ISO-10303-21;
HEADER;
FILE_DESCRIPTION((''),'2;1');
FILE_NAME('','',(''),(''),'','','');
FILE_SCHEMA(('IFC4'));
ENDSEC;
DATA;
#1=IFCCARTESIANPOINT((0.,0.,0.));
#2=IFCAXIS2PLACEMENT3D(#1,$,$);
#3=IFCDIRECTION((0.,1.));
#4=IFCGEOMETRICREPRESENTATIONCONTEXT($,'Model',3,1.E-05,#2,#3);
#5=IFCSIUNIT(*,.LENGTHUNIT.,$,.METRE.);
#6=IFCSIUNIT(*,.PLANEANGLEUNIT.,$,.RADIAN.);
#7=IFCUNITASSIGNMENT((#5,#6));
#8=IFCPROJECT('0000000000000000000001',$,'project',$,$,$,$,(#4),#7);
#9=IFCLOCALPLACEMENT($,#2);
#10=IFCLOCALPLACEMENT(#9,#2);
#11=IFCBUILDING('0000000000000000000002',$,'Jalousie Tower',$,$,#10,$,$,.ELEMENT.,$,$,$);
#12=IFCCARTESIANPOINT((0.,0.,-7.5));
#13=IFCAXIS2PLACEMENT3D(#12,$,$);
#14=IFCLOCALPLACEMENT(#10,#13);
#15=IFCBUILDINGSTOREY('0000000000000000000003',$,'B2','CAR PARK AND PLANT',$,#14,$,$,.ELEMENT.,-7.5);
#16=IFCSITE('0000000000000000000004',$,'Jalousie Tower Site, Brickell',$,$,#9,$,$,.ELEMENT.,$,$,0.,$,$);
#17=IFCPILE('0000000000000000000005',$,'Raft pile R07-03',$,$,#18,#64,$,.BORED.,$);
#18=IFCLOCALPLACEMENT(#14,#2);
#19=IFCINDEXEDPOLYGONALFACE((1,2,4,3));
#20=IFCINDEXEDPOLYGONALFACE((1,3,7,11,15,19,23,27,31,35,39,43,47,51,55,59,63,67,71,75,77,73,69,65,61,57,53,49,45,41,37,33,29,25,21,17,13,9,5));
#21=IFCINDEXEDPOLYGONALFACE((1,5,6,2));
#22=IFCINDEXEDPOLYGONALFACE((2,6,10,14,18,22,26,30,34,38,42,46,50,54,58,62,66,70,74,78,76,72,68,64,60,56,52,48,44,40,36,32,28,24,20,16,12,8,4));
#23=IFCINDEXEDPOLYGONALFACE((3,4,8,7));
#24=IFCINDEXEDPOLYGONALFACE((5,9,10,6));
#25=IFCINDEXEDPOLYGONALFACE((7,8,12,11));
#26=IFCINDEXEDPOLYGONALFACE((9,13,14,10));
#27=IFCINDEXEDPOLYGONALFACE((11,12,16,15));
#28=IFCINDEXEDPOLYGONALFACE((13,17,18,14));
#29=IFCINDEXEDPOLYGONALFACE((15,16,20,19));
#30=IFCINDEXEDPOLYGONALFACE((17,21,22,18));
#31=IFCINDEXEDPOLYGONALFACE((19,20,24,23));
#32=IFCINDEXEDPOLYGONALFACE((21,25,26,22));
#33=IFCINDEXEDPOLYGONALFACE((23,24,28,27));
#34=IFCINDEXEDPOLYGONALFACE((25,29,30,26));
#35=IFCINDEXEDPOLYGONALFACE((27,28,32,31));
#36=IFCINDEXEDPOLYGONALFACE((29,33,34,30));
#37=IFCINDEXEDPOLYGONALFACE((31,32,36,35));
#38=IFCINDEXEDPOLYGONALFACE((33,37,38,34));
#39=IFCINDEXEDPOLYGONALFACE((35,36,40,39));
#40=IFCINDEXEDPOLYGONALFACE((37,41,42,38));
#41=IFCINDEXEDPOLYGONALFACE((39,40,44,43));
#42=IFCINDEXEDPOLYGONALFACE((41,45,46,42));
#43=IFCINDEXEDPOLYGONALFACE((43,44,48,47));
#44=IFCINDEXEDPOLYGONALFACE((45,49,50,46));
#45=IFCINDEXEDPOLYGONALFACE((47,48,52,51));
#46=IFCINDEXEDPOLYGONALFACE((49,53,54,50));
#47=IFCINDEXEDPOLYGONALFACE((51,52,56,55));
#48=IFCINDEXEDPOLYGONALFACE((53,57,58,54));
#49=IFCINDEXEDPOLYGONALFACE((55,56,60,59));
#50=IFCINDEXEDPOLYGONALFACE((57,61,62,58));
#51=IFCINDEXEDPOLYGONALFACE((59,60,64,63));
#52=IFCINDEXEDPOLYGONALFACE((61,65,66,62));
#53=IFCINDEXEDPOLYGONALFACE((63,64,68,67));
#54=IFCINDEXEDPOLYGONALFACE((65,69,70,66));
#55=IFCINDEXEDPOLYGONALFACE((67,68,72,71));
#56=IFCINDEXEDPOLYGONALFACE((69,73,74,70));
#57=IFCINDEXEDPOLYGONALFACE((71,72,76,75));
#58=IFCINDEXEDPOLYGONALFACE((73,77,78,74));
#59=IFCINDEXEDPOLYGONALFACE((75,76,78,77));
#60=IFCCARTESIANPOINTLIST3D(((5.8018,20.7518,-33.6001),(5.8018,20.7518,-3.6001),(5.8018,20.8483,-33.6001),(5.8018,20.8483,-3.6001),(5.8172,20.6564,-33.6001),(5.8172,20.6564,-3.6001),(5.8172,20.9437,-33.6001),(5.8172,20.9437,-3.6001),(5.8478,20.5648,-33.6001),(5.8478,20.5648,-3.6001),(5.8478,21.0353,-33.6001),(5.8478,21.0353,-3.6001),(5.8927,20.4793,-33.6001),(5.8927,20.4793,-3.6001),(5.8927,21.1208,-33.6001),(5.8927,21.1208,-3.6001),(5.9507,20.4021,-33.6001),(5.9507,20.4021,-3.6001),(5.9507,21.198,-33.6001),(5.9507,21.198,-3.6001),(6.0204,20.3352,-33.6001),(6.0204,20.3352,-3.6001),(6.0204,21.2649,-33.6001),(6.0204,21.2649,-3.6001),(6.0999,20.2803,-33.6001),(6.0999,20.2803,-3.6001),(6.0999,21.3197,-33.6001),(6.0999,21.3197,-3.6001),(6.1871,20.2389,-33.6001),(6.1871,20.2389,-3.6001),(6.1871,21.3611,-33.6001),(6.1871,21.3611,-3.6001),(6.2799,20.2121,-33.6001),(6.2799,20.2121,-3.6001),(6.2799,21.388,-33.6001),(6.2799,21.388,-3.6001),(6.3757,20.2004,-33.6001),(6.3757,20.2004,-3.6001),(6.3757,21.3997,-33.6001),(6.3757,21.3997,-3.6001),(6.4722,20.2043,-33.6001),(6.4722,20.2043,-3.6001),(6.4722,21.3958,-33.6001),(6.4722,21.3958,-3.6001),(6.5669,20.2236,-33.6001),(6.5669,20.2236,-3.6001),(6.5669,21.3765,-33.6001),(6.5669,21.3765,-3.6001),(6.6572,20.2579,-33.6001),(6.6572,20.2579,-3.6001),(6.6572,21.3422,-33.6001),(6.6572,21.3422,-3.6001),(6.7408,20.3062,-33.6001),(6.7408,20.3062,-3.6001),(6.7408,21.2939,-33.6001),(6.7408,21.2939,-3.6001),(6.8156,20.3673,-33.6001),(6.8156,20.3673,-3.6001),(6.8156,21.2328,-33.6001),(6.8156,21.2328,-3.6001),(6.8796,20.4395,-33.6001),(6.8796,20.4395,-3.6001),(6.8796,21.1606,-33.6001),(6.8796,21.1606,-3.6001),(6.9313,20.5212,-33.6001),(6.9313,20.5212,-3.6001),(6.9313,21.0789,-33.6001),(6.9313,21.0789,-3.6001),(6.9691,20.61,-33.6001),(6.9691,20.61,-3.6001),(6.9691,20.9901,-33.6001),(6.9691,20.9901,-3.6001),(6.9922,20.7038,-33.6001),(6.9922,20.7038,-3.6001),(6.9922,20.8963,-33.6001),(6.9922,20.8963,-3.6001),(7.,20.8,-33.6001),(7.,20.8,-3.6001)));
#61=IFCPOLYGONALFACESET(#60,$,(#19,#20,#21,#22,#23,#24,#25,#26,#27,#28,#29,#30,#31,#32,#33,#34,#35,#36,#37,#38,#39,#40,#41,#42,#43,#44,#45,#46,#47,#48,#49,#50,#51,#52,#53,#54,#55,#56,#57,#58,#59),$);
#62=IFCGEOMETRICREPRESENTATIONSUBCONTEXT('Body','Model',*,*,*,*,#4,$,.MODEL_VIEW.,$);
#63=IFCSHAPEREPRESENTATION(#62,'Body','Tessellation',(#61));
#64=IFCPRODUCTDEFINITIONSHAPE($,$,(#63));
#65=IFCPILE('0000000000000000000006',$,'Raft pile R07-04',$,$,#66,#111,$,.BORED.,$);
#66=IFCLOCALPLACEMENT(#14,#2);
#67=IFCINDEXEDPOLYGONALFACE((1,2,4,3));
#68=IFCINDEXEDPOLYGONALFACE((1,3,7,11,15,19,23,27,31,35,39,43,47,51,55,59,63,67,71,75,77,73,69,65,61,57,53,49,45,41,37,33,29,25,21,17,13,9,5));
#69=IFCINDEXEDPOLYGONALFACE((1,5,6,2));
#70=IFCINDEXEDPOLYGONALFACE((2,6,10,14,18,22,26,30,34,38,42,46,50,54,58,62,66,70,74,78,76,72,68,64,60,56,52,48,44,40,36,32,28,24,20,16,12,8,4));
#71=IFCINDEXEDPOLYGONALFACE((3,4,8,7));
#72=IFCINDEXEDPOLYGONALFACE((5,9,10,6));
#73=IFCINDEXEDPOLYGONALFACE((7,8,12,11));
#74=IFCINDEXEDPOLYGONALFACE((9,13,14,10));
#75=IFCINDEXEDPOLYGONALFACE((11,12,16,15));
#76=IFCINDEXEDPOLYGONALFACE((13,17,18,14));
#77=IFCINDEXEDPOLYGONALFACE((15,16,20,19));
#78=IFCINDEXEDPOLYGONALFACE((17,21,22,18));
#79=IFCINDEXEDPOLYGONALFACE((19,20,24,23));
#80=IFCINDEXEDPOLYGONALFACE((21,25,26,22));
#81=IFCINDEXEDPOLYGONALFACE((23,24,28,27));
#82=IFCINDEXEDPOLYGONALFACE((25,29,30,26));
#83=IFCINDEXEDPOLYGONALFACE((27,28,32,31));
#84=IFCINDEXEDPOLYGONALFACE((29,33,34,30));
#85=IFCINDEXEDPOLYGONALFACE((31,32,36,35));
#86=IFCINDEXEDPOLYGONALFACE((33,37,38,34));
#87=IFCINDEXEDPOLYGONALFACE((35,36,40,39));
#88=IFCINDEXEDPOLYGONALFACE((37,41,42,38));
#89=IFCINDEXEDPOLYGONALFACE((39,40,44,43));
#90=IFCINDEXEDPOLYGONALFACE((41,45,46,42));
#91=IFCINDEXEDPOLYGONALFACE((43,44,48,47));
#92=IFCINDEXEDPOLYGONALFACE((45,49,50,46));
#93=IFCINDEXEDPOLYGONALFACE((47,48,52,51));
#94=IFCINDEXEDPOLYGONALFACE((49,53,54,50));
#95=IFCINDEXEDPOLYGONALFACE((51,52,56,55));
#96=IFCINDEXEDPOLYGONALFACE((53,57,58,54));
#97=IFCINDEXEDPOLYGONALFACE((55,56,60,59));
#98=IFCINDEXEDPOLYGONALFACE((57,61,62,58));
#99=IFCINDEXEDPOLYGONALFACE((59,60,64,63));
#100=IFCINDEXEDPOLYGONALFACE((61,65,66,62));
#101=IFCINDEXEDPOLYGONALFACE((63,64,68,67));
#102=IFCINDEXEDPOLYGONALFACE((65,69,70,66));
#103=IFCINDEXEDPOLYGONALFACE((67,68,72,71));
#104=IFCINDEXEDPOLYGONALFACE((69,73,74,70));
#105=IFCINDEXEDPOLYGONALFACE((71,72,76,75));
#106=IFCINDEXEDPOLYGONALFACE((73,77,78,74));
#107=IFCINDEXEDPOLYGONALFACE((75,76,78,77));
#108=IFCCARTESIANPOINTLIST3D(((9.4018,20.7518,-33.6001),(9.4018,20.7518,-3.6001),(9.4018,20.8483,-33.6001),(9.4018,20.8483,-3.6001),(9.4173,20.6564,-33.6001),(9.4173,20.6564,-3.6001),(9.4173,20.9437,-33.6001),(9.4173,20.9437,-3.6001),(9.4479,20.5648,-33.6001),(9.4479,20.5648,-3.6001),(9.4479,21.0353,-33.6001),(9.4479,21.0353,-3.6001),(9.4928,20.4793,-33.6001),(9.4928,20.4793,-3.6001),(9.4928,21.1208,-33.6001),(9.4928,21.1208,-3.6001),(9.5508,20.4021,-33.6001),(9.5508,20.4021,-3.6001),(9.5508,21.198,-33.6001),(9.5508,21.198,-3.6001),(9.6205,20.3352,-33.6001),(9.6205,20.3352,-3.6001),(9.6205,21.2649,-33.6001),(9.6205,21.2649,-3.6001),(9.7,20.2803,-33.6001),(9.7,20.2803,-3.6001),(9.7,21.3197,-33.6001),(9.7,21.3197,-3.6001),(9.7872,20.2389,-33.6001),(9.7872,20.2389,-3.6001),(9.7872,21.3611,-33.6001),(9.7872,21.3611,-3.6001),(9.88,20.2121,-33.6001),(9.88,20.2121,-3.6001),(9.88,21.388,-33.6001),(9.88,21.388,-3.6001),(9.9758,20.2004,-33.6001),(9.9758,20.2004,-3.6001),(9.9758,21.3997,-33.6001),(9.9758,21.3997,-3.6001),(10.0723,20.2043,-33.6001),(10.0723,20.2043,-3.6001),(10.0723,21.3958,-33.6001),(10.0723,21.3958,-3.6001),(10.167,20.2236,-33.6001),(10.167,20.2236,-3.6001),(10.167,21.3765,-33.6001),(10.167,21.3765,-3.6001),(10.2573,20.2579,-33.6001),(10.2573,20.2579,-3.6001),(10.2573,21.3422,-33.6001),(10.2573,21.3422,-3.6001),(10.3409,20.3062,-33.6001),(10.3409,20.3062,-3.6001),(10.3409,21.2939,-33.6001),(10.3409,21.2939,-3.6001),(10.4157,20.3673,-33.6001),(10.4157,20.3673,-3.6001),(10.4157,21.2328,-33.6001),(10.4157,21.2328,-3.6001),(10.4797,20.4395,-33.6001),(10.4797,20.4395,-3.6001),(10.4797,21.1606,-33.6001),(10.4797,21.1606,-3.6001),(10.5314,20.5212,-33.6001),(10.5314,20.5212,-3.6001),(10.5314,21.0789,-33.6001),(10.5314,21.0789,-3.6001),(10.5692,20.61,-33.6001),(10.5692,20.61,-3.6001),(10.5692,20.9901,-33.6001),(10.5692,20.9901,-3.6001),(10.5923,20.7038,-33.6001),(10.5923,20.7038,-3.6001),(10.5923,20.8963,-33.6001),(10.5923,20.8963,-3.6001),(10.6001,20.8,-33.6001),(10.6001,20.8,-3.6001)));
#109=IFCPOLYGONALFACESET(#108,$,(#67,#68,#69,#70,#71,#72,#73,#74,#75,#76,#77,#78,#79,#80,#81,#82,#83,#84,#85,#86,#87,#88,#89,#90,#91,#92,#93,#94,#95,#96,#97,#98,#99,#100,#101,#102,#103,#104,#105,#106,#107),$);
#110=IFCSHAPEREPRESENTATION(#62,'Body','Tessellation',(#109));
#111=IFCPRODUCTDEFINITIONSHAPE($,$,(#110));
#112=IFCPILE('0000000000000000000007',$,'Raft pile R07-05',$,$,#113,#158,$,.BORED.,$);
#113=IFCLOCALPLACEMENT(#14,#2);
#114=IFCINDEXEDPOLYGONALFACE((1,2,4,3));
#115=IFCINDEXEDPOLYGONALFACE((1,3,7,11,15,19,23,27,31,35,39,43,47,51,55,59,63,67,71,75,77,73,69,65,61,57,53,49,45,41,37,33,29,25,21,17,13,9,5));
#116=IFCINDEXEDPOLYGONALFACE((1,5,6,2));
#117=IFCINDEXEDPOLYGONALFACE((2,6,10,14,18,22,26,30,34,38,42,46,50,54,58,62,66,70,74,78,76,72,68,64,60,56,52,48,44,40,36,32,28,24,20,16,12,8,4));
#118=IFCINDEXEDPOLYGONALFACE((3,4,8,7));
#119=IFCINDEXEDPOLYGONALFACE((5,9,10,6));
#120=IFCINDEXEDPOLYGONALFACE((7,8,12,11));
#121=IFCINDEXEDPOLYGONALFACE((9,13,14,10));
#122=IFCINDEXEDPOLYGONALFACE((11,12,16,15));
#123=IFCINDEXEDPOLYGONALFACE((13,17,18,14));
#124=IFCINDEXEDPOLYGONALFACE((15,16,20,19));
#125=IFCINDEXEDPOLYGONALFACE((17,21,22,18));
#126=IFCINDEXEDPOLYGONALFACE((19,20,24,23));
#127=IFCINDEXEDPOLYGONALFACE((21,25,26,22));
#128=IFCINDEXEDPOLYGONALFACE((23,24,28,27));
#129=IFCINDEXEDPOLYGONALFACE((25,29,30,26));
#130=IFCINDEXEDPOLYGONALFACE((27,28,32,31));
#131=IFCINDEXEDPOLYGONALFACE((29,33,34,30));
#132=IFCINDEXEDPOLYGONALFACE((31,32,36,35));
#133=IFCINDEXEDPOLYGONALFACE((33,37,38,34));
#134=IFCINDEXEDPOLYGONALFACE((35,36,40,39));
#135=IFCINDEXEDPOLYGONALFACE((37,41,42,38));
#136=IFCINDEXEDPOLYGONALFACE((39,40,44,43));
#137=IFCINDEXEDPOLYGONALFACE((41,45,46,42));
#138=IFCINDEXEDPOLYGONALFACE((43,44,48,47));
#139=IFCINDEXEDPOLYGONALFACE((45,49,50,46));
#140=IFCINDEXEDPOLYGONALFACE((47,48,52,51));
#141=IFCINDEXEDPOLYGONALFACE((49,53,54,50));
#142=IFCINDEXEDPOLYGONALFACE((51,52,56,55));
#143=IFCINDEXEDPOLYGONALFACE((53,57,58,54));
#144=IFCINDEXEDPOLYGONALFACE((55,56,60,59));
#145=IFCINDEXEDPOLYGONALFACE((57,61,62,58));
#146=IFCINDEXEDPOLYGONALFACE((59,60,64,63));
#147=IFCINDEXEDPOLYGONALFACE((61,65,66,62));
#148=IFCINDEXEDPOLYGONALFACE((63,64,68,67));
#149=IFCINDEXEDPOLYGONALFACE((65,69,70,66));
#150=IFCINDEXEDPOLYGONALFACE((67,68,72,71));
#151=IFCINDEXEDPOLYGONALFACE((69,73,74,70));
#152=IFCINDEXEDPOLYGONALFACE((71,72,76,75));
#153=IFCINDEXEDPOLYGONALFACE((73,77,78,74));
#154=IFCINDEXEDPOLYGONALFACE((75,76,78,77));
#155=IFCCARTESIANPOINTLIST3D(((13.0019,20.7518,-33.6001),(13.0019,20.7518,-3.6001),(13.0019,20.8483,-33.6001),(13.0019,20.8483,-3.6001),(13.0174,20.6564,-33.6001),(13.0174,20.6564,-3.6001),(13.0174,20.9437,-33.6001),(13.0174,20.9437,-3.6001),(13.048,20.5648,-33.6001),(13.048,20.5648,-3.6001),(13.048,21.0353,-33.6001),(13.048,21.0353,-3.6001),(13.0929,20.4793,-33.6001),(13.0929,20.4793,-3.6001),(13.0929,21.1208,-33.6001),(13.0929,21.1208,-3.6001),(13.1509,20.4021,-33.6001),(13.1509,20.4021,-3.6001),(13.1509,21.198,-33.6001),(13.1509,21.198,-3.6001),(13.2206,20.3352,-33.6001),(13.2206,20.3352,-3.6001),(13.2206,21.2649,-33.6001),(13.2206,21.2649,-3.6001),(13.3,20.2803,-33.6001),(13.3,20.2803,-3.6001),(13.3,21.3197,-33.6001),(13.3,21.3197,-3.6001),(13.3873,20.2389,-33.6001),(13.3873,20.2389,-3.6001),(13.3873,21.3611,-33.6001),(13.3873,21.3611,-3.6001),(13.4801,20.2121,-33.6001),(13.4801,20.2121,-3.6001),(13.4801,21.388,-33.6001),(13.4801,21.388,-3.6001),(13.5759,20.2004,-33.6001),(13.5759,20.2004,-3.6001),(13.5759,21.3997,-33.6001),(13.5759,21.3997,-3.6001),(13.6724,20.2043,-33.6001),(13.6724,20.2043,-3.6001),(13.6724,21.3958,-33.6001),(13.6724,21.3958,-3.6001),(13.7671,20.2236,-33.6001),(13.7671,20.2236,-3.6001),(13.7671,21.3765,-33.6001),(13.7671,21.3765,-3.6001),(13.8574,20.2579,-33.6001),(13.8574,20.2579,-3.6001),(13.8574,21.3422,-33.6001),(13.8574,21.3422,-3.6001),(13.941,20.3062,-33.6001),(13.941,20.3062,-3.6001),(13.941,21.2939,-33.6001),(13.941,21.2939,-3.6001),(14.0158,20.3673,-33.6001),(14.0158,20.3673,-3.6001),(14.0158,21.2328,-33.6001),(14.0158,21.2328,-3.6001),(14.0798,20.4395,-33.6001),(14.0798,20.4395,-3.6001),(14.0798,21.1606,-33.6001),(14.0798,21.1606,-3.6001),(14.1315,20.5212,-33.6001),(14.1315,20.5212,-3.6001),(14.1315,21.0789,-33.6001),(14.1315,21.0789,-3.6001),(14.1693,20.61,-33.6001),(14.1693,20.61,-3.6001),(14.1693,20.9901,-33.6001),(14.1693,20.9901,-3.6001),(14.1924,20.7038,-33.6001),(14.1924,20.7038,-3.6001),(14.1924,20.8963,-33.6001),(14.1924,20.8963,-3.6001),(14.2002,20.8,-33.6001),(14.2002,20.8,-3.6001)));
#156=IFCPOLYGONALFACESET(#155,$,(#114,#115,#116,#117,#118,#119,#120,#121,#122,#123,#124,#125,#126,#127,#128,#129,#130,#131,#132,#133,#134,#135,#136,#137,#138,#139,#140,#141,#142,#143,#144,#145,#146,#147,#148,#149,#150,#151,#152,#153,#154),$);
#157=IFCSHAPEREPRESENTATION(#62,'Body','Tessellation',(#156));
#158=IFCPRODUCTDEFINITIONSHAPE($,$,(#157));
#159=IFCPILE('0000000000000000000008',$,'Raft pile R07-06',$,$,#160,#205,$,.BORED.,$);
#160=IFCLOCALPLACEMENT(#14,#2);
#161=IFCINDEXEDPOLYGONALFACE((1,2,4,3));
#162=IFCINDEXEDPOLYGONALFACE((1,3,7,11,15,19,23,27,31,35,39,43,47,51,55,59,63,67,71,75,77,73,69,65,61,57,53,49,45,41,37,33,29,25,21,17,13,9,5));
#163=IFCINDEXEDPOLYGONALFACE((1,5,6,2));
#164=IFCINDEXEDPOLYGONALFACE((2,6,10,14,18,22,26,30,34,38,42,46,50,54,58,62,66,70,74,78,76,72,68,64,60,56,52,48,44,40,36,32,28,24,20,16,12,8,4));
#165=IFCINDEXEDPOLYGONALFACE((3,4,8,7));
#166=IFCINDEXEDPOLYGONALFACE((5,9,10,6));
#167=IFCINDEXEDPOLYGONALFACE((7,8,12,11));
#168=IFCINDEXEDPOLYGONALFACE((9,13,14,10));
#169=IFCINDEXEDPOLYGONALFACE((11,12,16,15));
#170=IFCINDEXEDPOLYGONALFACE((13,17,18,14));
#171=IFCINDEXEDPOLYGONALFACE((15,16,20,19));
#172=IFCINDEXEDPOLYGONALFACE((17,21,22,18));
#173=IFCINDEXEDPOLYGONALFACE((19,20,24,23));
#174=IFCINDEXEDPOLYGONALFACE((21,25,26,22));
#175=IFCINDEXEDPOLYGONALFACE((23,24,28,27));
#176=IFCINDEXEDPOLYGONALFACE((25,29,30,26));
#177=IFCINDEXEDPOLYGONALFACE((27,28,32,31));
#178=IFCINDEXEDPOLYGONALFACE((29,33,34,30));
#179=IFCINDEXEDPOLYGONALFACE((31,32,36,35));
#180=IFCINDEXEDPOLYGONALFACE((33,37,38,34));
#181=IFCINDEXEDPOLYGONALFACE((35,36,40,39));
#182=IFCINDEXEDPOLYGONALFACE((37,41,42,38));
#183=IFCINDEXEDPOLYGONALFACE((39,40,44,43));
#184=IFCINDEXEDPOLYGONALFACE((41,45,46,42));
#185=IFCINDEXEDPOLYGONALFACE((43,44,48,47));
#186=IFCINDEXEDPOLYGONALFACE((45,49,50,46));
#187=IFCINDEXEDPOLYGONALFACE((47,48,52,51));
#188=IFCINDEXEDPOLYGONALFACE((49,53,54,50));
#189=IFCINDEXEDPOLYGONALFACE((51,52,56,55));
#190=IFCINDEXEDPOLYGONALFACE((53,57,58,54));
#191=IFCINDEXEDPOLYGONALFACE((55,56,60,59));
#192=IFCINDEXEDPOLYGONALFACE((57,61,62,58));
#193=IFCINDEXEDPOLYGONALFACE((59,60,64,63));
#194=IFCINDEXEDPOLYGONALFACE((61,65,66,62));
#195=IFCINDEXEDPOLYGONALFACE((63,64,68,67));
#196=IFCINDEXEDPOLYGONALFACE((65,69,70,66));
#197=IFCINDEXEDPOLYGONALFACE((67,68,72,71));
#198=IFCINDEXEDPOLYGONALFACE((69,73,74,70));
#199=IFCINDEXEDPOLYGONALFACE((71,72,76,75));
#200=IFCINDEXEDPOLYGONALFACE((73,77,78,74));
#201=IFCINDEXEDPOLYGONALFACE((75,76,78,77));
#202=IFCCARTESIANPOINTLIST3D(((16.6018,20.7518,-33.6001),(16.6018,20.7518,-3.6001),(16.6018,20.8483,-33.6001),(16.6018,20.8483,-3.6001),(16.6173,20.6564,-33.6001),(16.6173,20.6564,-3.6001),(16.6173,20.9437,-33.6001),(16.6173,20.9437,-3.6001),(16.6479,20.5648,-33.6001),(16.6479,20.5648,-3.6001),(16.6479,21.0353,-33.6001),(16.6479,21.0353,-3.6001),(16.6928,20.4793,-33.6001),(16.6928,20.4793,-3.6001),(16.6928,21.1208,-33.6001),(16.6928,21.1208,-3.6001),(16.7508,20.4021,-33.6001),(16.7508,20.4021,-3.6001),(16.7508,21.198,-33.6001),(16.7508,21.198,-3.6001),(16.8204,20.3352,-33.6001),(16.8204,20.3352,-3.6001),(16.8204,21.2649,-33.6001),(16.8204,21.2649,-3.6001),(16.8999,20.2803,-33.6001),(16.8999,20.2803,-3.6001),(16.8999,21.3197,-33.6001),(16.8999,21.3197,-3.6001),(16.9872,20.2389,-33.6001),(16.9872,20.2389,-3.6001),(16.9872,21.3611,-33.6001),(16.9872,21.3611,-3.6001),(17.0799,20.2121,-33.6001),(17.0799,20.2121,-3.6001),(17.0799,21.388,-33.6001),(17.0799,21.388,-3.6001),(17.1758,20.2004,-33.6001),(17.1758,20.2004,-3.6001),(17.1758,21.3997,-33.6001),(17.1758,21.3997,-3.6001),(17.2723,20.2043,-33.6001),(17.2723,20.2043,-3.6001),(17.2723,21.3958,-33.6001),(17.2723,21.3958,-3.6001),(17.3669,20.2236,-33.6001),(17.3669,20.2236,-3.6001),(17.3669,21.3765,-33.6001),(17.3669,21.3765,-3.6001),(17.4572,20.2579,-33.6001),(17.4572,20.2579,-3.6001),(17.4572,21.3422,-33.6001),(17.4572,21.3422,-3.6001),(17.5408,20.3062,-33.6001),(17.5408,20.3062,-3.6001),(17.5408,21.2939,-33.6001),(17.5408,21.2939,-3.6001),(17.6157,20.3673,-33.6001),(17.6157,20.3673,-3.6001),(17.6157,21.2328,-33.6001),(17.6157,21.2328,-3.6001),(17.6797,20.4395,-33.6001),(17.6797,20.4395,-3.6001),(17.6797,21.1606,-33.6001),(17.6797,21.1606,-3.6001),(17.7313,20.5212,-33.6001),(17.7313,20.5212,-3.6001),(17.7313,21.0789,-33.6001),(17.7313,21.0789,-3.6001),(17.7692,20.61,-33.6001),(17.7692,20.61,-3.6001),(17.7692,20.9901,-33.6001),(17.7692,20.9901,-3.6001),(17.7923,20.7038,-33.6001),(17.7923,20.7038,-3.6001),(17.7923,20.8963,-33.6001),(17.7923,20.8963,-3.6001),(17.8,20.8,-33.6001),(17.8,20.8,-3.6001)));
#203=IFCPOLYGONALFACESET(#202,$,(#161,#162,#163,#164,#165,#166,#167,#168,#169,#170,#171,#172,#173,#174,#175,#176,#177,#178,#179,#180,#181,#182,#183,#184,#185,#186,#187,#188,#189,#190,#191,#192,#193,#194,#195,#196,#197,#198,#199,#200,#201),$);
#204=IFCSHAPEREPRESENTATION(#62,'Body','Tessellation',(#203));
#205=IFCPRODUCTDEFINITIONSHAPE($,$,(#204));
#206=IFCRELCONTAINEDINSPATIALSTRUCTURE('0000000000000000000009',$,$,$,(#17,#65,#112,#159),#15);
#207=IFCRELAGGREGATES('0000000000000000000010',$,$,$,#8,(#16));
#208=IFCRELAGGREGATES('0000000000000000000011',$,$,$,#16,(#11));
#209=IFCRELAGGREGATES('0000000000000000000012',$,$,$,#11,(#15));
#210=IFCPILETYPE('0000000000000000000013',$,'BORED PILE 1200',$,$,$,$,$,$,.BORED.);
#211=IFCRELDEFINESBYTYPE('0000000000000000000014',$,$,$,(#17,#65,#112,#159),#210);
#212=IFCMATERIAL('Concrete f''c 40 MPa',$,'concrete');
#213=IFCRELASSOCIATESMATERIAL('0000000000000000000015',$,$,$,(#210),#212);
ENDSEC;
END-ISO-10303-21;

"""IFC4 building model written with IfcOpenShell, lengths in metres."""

from ifc_helpers import new_model, si_unit, direction, frame, origin, origin_2d, place, context, subcontext, project, spatial, circle, extrude, material, material_profile, profile_set, type_object, element, save


model = new_model("IFC4")

# Units and contexts
model_context = context("Model", 3, precision=1e-05, world=origin(), true_north=direction((0.0, 1.0)))
body_context = subcontext(model_context, "Body", "Model", "MODEL_VIEW")
ifc_project = project(units=[si_unit("LENGTHUNIT", "METRE"), si_unit("PLANEANGLEUNIT", "RADIAN")], contexts=[model_context])

# Site, building, storey
site_placement = place(None, origin())
site = spatial("IfcSite", under=ifc_project, at=site_placement, Name="Jalousie Tower Site, Brickell", CompositionType="ELEMENT", RefElevation=0.0)
building_placement = place(site_placement, origin())
building = spatial("IfcBuilding", under=site, at=building_placement, Name="Jalousie Tower", CompositionType="ELEMENT")
storey_placement = place(building_placement, frame((0.0, 0.0, -7.5)))
storey = spatial("IfcBuildingStorey", under=building, at=storey_placement, Name="B2", Description="CAR PARK AND PLANT", CompositionType="ELEMENT", Elevation=-7.5)

# Piles
ifc_material_1 = material(Name="Concrete f'c 40 MPa", Category="concrete")
ifc_material_profile_1 = material_profile(ifc_material_1, circle(Radius=0.6001, at=origin_2d()), Name="BORED PILE D1200")
ifc_profile_set_1 = profile_set([ifc_material_profile_1], Name="Concrete f'c 40 MPa")
pile_type = type_object("IfcPileType", Name="BORED PILE 1200", PredefinedType="BORED", material=ifc_profile_set_1)
for number, where, z_axis, x_axis, name in (
    (1, (6.3999, 20.8, -3.6001), (0.0, 0.0, -1.0), (1.0, 0.0, 0.0), "Raft pile R07-03"),
    (2, (10.0, 20.8, -3.6001), (0.0, 0.0, -1.0), (1.0, 0.0, 0.0), "Raft pile R07-04"),
    (3, (13.6001, 20.8, -3.6001), (0.0, 0.0, -1.0), (1.0, 0.0, 0.0), "Raft pile R07-05"),
    (4, (17.2, 20.8, -3.6001), (0.0, 0.0, -1.0), (1.0, 0.0, 0.0), "Raft pile R07-06"),
):
    element("IfcPile", number, at=place(storey_placement, frame(where, z_axis=z_axis, x_axis=x_axis)), inside=storey, type_object=pile_type, Name=name, PredefinedType="BORED", context=body_context, shape_type="SweptSolid", body=[
        extrude(circle(Radius=0.6001, at=origin_2d()), origin(), (0.0, 0.0, 1.0), 30.0),
    ])

save(model, "model.ifc")
